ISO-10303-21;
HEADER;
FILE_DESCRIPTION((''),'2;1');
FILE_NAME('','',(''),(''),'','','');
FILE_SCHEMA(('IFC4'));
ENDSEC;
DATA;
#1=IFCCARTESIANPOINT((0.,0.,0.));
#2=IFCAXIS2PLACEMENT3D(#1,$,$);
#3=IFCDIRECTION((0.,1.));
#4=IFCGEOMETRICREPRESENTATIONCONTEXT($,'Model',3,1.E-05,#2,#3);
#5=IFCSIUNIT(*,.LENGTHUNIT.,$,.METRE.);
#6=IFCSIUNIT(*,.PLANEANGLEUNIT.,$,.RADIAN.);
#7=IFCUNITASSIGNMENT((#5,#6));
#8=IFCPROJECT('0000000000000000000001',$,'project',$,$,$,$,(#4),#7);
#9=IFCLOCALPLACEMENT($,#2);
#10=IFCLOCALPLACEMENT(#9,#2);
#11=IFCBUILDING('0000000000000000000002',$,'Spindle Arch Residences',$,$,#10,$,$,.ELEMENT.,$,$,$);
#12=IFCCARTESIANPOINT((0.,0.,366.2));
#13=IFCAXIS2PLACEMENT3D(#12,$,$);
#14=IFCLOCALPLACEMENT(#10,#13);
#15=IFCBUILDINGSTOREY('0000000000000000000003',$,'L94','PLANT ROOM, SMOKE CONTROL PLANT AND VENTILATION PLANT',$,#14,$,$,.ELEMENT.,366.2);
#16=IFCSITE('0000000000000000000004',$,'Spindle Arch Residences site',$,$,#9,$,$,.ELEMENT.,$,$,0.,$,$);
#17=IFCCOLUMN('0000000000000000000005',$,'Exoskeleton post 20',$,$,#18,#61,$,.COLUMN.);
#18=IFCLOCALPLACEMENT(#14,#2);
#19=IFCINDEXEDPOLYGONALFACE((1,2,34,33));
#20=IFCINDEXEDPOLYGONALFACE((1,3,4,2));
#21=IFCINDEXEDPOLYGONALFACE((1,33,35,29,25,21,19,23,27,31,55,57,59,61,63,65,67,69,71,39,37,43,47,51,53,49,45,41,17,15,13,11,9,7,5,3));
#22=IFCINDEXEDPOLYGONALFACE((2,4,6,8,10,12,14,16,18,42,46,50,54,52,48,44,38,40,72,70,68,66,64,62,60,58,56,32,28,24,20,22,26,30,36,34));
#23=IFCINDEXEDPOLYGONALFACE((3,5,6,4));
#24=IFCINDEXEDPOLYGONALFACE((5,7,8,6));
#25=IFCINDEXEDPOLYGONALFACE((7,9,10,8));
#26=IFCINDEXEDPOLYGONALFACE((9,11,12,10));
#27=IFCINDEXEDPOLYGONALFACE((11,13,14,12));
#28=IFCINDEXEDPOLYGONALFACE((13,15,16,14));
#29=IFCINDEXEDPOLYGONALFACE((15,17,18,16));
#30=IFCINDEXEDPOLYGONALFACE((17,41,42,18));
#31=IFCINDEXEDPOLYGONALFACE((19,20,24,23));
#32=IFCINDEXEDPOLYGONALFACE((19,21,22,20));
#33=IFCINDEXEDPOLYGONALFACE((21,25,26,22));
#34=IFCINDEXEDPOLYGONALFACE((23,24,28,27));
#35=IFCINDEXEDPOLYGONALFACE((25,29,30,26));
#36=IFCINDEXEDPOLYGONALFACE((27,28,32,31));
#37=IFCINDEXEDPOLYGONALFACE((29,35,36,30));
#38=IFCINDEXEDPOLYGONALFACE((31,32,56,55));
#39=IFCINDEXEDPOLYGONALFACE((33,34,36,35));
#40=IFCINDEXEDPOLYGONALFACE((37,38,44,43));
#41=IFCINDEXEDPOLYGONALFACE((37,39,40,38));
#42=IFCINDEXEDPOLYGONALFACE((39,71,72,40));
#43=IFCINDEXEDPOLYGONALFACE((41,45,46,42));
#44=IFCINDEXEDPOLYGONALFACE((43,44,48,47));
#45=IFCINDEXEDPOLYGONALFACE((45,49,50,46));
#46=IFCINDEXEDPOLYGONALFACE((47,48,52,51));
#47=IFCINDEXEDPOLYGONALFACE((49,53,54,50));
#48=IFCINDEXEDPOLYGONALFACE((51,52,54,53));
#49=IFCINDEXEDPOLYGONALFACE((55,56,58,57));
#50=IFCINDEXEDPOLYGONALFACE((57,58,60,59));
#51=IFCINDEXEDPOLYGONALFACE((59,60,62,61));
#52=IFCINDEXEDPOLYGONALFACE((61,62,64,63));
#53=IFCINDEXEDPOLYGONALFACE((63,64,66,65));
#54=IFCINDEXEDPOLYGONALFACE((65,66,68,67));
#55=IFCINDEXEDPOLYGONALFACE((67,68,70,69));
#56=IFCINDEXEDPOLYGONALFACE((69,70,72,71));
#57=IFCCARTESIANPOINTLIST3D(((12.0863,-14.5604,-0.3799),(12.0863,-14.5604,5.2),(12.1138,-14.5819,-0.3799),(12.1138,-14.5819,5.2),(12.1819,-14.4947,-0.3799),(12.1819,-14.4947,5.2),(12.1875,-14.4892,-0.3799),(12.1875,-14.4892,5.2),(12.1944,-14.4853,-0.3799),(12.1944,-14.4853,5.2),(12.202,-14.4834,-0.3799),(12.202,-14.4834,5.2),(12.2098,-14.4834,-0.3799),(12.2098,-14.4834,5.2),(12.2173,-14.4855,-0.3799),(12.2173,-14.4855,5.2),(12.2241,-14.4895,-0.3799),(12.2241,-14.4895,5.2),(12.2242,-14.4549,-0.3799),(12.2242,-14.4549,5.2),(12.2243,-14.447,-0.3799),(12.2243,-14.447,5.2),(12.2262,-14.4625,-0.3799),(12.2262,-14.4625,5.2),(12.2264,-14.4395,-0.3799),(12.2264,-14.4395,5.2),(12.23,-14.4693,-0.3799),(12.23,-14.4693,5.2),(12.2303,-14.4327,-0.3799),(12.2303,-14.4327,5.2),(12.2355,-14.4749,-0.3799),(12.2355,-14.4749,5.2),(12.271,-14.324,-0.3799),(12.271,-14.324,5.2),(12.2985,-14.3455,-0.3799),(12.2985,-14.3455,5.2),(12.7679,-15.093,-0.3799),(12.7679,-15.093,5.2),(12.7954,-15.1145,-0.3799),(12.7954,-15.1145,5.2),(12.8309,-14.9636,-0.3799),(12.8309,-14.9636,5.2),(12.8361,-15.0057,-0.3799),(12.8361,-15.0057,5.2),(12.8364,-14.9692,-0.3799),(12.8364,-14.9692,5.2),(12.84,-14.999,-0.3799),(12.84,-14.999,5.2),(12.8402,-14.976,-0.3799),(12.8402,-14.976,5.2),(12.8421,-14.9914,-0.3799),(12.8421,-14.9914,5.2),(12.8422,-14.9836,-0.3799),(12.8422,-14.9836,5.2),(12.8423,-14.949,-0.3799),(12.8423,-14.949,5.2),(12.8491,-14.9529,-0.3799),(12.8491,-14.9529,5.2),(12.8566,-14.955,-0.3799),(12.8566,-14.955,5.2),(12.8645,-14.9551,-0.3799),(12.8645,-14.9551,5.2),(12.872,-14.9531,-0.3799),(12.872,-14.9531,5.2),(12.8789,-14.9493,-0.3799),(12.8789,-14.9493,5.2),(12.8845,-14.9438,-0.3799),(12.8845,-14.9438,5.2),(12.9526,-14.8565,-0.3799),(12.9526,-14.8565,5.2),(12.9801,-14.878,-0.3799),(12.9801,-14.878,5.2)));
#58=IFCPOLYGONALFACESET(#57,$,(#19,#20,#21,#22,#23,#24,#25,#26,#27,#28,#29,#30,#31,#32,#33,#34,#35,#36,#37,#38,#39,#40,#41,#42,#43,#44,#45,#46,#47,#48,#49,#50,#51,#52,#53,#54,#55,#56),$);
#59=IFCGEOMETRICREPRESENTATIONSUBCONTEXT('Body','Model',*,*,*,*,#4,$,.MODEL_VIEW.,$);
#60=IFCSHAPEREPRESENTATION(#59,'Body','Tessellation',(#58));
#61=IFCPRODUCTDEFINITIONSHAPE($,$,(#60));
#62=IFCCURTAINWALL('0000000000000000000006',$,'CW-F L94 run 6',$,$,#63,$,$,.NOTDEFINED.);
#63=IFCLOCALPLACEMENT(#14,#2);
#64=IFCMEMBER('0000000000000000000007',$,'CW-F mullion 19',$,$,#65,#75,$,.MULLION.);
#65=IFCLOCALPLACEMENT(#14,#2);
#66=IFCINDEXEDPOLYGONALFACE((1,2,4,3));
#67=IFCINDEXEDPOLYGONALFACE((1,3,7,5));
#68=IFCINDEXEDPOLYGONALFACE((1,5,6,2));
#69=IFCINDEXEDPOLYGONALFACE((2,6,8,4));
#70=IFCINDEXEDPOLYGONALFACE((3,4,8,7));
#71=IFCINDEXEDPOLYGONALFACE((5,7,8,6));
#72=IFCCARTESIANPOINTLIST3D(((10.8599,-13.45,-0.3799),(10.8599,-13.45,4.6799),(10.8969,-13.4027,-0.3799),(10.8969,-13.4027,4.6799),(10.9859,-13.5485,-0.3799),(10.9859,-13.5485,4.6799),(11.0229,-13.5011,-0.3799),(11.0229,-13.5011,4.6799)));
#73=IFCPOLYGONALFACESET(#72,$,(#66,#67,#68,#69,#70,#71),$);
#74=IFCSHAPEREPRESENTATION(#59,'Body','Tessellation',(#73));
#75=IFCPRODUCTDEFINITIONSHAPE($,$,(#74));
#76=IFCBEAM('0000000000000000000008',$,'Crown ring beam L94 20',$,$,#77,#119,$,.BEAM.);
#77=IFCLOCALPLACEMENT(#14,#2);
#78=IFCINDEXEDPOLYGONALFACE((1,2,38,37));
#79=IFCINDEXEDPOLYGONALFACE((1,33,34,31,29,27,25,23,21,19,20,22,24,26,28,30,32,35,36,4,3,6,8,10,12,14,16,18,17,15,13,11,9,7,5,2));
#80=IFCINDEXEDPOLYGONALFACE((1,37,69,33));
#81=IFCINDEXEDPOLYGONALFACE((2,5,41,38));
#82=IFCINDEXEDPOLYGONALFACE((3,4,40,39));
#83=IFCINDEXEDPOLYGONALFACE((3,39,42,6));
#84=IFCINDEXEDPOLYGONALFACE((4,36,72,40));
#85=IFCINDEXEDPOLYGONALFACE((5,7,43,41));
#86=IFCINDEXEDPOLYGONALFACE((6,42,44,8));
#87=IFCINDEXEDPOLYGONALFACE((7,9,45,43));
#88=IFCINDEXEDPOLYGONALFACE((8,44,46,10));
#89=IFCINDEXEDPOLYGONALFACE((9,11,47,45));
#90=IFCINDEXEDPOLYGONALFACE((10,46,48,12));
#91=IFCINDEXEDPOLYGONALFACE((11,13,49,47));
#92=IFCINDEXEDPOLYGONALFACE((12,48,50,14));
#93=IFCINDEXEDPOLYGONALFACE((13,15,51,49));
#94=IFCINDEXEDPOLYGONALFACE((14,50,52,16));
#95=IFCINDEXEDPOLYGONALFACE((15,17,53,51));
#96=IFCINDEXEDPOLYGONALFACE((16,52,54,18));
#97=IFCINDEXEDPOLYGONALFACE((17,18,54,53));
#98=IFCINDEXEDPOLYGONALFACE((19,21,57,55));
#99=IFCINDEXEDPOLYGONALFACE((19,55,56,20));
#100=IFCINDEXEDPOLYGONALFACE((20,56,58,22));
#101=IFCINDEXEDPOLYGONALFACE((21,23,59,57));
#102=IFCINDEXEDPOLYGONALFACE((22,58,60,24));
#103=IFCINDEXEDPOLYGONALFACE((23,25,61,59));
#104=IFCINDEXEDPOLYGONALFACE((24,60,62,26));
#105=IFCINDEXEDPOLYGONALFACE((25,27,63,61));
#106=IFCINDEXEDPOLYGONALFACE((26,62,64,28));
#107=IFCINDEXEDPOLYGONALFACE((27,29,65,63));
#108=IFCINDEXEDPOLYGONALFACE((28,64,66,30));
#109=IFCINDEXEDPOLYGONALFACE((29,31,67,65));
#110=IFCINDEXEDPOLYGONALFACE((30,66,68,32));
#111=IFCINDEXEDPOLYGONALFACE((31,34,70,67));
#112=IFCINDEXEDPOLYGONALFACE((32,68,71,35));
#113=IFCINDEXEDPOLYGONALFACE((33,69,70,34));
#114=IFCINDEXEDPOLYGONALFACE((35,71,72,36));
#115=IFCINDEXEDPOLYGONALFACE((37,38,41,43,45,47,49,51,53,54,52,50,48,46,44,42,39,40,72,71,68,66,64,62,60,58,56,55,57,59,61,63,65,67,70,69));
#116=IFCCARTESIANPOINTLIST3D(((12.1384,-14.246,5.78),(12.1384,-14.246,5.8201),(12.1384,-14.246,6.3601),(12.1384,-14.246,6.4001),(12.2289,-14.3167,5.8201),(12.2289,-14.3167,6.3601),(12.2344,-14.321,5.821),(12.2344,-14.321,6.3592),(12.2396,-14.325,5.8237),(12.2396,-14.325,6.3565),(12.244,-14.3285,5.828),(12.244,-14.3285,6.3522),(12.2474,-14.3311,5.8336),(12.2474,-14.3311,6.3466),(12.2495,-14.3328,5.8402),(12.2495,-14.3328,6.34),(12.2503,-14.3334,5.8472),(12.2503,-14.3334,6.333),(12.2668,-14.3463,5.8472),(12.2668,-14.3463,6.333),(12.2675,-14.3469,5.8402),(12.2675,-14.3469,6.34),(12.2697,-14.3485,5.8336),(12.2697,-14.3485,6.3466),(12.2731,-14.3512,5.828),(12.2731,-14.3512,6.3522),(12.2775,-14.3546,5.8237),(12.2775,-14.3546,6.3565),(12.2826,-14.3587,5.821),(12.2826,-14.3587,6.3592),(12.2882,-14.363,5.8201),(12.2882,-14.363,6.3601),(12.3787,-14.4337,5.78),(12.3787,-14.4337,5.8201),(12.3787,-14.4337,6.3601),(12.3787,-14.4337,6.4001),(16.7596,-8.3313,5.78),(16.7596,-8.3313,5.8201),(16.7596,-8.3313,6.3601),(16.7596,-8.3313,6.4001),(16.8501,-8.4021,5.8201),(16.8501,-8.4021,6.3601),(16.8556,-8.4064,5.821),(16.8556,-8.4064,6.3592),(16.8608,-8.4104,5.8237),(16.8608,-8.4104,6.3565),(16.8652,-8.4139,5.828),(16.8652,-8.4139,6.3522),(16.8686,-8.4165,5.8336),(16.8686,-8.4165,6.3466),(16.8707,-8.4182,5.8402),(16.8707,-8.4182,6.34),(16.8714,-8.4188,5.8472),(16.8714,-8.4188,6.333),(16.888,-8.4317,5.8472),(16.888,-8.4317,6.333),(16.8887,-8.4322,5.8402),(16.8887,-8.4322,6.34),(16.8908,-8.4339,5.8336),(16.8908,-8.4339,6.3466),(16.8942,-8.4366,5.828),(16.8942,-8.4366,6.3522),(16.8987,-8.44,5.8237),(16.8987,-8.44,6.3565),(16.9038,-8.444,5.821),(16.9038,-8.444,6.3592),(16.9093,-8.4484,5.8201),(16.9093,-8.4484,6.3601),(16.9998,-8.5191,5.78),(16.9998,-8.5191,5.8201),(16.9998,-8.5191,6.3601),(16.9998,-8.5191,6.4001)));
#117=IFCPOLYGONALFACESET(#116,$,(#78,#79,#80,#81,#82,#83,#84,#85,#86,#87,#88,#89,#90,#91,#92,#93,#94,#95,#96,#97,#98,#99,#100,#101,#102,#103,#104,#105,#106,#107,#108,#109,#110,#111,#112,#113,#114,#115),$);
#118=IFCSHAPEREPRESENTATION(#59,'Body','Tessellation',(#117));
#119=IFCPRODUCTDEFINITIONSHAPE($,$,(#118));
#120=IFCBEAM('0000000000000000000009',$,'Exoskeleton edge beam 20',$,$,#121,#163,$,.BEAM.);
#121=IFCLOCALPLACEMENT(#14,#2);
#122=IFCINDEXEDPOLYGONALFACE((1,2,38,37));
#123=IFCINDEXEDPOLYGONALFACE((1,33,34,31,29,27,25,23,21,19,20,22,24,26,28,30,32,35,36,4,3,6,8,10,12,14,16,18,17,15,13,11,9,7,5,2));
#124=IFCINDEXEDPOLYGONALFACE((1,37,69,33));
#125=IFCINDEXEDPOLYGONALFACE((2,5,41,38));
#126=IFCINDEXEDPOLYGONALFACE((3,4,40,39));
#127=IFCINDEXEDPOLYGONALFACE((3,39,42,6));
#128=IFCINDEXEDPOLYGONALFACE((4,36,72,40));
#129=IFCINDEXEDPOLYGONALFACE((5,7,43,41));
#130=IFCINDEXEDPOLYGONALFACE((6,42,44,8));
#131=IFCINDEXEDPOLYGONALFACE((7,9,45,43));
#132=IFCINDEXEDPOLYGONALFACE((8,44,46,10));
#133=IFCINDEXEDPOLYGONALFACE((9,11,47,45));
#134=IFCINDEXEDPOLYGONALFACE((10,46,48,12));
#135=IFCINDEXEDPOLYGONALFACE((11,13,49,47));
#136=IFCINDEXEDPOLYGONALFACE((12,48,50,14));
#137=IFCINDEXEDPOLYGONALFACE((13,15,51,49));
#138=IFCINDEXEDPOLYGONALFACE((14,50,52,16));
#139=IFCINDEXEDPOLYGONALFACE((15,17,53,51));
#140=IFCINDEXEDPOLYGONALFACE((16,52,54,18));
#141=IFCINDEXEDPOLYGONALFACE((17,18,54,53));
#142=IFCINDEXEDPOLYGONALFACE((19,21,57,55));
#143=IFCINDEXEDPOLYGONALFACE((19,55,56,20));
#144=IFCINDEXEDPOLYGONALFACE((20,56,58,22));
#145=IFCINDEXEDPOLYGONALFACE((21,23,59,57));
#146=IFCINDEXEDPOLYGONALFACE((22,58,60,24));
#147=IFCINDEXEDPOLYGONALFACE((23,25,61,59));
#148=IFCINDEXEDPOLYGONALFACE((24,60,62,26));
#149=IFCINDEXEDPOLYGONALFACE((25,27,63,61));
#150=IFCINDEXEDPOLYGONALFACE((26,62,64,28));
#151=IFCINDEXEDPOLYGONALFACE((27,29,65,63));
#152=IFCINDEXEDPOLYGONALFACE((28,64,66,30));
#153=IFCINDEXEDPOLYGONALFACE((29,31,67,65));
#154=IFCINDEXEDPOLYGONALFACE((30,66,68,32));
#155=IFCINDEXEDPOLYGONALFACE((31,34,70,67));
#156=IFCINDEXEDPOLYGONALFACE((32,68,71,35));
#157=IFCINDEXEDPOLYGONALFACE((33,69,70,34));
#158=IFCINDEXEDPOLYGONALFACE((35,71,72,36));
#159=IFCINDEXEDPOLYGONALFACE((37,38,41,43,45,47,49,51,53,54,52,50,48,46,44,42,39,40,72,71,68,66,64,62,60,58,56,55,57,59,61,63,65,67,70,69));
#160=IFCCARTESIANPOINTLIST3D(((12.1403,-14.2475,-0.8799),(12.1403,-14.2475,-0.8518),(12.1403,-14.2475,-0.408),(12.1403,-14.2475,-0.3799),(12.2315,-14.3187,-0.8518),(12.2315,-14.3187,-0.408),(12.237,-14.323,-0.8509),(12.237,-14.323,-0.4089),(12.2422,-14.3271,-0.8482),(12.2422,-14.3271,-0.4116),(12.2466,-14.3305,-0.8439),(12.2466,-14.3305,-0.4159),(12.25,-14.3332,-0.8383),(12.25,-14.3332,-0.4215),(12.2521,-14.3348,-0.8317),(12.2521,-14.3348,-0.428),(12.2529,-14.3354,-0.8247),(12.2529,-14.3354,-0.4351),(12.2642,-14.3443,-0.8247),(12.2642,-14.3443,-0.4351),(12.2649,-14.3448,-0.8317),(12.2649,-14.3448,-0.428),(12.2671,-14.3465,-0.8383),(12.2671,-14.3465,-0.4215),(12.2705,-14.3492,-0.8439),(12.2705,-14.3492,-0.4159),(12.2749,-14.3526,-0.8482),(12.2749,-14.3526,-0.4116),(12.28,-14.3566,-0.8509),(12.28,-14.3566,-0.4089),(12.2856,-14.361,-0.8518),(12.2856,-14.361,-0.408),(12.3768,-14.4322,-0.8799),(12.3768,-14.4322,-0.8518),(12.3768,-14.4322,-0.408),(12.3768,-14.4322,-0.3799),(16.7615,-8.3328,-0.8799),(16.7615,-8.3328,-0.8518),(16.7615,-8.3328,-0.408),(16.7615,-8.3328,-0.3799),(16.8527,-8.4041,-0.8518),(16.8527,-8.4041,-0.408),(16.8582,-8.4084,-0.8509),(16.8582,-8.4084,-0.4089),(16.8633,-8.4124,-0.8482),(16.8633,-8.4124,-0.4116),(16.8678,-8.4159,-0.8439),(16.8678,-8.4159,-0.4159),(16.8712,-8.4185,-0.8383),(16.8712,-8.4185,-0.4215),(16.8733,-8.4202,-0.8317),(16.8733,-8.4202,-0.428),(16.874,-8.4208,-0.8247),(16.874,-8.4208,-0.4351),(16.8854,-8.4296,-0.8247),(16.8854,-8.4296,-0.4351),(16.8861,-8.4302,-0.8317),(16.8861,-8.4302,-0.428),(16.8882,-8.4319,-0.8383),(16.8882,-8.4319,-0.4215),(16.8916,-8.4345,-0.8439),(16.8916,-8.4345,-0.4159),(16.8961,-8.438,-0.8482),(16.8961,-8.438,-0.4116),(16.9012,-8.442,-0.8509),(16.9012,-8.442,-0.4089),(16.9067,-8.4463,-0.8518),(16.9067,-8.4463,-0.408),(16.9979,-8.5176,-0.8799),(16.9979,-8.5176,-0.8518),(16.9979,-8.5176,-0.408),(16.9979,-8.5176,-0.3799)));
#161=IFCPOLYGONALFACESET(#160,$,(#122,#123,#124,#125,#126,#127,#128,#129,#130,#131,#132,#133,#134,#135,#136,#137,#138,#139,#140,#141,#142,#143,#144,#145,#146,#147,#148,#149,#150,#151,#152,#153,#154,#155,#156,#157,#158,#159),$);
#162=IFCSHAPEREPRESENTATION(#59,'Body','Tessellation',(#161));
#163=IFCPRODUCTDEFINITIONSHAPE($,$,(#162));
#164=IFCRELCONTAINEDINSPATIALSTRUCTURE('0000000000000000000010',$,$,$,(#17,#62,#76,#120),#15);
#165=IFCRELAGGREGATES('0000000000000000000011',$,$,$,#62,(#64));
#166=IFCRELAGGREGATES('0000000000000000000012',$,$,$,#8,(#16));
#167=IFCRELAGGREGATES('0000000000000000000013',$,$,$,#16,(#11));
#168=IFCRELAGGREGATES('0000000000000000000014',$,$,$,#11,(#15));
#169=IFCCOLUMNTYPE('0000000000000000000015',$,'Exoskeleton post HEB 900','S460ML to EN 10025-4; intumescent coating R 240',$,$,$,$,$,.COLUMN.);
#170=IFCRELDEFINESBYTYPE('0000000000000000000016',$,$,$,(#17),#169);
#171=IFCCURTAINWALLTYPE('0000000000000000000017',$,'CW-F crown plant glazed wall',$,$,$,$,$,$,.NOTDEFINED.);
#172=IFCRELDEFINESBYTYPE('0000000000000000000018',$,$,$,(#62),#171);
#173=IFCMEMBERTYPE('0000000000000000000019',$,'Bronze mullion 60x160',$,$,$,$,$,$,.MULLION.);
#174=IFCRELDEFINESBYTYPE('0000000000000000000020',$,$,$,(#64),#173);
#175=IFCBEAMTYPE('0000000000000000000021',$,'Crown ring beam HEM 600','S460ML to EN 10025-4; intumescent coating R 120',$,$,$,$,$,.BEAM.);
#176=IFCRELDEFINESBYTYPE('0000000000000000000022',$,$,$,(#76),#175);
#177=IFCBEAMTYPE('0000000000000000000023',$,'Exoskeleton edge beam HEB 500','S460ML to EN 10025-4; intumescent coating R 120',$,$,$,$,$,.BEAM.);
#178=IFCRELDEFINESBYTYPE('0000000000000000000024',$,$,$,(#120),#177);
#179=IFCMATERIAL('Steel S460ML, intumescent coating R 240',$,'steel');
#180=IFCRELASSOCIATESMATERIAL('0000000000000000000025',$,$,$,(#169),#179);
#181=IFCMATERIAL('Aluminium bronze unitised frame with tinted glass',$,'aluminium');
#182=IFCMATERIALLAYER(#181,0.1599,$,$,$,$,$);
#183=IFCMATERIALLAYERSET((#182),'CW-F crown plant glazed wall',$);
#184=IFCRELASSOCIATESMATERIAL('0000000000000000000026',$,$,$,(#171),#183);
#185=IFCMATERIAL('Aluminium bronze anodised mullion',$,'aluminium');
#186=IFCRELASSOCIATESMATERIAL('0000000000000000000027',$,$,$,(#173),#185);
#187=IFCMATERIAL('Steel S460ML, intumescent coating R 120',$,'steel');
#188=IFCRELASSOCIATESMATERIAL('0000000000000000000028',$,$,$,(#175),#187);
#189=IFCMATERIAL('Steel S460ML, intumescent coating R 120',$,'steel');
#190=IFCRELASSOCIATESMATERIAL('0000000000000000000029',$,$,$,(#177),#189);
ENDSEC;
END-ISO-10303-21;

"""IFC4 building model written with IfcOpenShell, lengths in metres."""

from ifc_helpers import new_model, si_unit, direction, frame, origin, origin_2d, place, context, subcontext, project, spatial, rectangle, i_section, extrude, material, layer, layer_set, material_profile, profile_set, type_object, element, aggregate, save


model = new_model("IFC4")

# Units and contexts
model_context = context("Model", 3, precision=1e-05, world=origin(), true_north=direction((0.0, 1.0)))
body_context = subcontext(model_context, "Body", "Model", "MODEL_VIEW")
ifc_project = project(units=[si_unit("LENGTHUNIT", "METRE"), si_unit("PLANEANGLEUNIT", "RADIAN")], contexts=[model_context])

# Site, building, storey
site_placement = place(None, origin())
site = spatial("IfcSite", under=ifc_project, at=site_placement, Name="Spindle Arch Residences site", CompositionType="ELEMENT", RefElevation=0.0)
building_placement = place(site_placement, origin())
building = spatial("IfcBuilding", under=site, at=building_placement, Name="Spindle Arch Residences", CompositionType="ELEMENT")
storey_placement = place(building_placement, frame((0.0, 0.0, 366.2)))
storey = spatial("IfcBuildingStorey", under=building, at=storey_placement, Name="L94", Description="PLANT ROOM, SMOKE CONTROL PLANT AND VENTILATION PLANT", CompositionType="ELEMENT", Elevation=366.2)

# Column
ifc_material_1 = material(Name="Steel S460ML, intumescent coating R 240", Category="steel")
ifc_material_profile_1 = material_profile(ifc_material_1, i_section(OverallWidth=0.3, OverallDepth=0.8999, WebThickness=0.0186, FlangeThickness=0.0349, FilletRadius=0.03, at=origin_2d()), Name="HEB 900")
ifc_profile_set_1 = profile_set([ifc_material_profile_1], Name="Steel S460ML, intumescent coating R 240")
column_type = type_object("IfcColumnType", Name="Exoskeleton post HEB 900", Description="S460ML to EN 10025-4; intumescent coating R 240", PredefinedType="COLUMN", material=ifc_profile_set_1)
column_placement = place(storey_placement, frame((12.5332, -14.7192, -0.3799), z_axis=(0.0, 0.0, 1.0), x_axis=(-0.615661, -0.788011, 0.0)))
element("IfcColumn", 1, at=column_placement, inside=storey, type_object=column_type, Name="Exoskeleton post 20", PredefinedType="COLUMN", context=body_context, shape_type="SweptSolid", body=[
    extrude(i_section(OverallWidth=0.3, OverallDepth=0.8999, WebThickness=0.0186, FlangeThickness=0.0349, FilletRadius=0.03, at=origin_2d()), origin(), (0.0, 0.0, 1.0), 5.5798),
])

# Curtain wall, member
ifc_material_2 = material(Name="Aluminium bronze unitised frame with tinted glass", Category="aluminium")
ifc_layer_1 = layer(ifc_material_2, 0.1599)
ifc_layer_set_1 = layer_set([ifc_layer_1], Name="CW-F crown plant glazed wall")
curtain_wall_type = type_object("IfcCurtainWallType", Name="CW-F crown plant glazed wall", PredefinedType="NOTDEFINED", material=ifc_layer_set_1)
curtain_wall_placement = place(storey_placement, origin())
curtain_wall = element("IfcCurtainWall", 2, at=curtain_wall_placement, inside=storey, type_object=curtain_wall_type, Name="CW-F L94 run 6", PredefinedType="NOTDEFINED")
ifc_material_3 = material(Name="Aluminium bronze anodised mullion", Category="aluminium")
ifc_material_profile_2 = material_profile(ifc_material_3, rectangle(XDim=0.1599, YDim=0.0601, at=origin_2d()), Name="MU 60x160")
ifc_profile_set_2 = profile_set([ifc_material_profile_2], Name="Aluminium bronze anodised mullion")
member_type = type_object("IfcMemberType", Name="Bronze mullion 60x160", PredefinedType="MULLION", material=ifc_profile_set_2)
member_placement = place(storey_placement, frame((10.9414, -13.4756, -0.3799), z_axis=(0.0, 0.0, 1.0), x_axis=(-0.788011, 0.615661, 0.0)))
member = element("IfcMember", 3, at=member_placement, type_object=member_type, Name="CW-F mullion 19", PredefinedType="MULLION", context=body_context, shape_type="SweptSolid", body=[
    extrude(rectangle(XDim=0.1599, YDim=0.0601, at=origin_2d()), origin(), (0.0, 0.0, 1.0), 5.0598),
])

# Beams
ifc_material_4 = material(Name="Steel S460ML, intumescent coating R 120", Category="steel")
ifc_material_profile_3 = material_profile(ifc_material_4, i_section(OverallWidth=0.3049, OverallDepth=0.6201, WebThickness=0.021, FlangeThickness=0.04, FilletRadius=0.0271, at=origin_2d()), Name="HEM 600")
ifc_profile_set_3 = profile_set([ifc_material_profile_3], Name="Steel S460ML, intumescent coating R 120")
beam_type_1 = type_object("IfcBeamType", Name="Crown ring beam HEM 600", Description="S460ML to EN 10025-4; intumescent coating R 120", PredefinedType="BEAM", material=ifc_profile_set_3)
beam_1_placement = place(storey_placement, frame((12.2585, -14.3398, 6.0901), z_axis=(0.615673, 0.788002, 0.0), x_axis=(-0.788002, 0.615673, 0.0)))
element("IfcBeam", 4, at=beam_1_placement, inside=storey, type_object=beam_type_1, Name="Crown ring beam L94 20", PredefinedType="BEAM", context=body_context, shape_type="SweptSolid", body=[
    extrude(i_section(OverallWidth=0.3049, OverallDepth=0.6201, WebThickness=0.021, FlangeThickness=0.04, FilletRadius=0.0271, at=origin_2d()), origin(), (0.0, 0.0, 1.0), 7.5059),
])
ifc_material_5 = material(Name="Steel S460ML, intumescent coating R 120", Category="steel")
ifc_material_profile_4 = material_profile(ifc_material_5, i_section(OverallWidth=0.3, OverallDepth=0.5, WebThickness=0.0144, FlangeThickness=0.0281, FilletRadius=0.0271, at=origin_2d()), Name="HEB 500")
ifc_profile_set_4 = profile_set([ifc_material_profile_4], Name="Steel S460ML, intumescent coating R 120")
beam_type_2 = type_object("IfcBeamType", Name="Exoskeleton edge beam HEB 500", Description="S460ML to EN 10025-4; intumescent coating R 120", PredefinedType="BEAM", material=ifc_profile_set_4)
for number, where, z_axis, x_axis, name in (
    (5, (12.2585, -14.3398, -0.6299), (0.615673, 0.788002, 0.0), (-0.788002, 0.615673, 0.0), "Exoskeleton edge beam 20"),
):
    element("IfcBeam", number, at=place(storey_placement, frame(where, z_axis=z_axis, x_axis=x_axis)), inside=storey, type_object=beam_type_2, Name=name, PredefinedType="BEAM", context=body_context, shape_type="SweptSolid", body=[
        extrude(i_section(OverallWidth=0.3, OverallDepth=0.5, WebThickness=0.0144, FlangeThickness=0.0281, FilletRadius=0.0271, at=origin_2d()), origin(), (0.0, 0.0, 1.0), 7.5059),
    ])

aggregate(curtain_wall, [member])

save(model, "model.ifc")
